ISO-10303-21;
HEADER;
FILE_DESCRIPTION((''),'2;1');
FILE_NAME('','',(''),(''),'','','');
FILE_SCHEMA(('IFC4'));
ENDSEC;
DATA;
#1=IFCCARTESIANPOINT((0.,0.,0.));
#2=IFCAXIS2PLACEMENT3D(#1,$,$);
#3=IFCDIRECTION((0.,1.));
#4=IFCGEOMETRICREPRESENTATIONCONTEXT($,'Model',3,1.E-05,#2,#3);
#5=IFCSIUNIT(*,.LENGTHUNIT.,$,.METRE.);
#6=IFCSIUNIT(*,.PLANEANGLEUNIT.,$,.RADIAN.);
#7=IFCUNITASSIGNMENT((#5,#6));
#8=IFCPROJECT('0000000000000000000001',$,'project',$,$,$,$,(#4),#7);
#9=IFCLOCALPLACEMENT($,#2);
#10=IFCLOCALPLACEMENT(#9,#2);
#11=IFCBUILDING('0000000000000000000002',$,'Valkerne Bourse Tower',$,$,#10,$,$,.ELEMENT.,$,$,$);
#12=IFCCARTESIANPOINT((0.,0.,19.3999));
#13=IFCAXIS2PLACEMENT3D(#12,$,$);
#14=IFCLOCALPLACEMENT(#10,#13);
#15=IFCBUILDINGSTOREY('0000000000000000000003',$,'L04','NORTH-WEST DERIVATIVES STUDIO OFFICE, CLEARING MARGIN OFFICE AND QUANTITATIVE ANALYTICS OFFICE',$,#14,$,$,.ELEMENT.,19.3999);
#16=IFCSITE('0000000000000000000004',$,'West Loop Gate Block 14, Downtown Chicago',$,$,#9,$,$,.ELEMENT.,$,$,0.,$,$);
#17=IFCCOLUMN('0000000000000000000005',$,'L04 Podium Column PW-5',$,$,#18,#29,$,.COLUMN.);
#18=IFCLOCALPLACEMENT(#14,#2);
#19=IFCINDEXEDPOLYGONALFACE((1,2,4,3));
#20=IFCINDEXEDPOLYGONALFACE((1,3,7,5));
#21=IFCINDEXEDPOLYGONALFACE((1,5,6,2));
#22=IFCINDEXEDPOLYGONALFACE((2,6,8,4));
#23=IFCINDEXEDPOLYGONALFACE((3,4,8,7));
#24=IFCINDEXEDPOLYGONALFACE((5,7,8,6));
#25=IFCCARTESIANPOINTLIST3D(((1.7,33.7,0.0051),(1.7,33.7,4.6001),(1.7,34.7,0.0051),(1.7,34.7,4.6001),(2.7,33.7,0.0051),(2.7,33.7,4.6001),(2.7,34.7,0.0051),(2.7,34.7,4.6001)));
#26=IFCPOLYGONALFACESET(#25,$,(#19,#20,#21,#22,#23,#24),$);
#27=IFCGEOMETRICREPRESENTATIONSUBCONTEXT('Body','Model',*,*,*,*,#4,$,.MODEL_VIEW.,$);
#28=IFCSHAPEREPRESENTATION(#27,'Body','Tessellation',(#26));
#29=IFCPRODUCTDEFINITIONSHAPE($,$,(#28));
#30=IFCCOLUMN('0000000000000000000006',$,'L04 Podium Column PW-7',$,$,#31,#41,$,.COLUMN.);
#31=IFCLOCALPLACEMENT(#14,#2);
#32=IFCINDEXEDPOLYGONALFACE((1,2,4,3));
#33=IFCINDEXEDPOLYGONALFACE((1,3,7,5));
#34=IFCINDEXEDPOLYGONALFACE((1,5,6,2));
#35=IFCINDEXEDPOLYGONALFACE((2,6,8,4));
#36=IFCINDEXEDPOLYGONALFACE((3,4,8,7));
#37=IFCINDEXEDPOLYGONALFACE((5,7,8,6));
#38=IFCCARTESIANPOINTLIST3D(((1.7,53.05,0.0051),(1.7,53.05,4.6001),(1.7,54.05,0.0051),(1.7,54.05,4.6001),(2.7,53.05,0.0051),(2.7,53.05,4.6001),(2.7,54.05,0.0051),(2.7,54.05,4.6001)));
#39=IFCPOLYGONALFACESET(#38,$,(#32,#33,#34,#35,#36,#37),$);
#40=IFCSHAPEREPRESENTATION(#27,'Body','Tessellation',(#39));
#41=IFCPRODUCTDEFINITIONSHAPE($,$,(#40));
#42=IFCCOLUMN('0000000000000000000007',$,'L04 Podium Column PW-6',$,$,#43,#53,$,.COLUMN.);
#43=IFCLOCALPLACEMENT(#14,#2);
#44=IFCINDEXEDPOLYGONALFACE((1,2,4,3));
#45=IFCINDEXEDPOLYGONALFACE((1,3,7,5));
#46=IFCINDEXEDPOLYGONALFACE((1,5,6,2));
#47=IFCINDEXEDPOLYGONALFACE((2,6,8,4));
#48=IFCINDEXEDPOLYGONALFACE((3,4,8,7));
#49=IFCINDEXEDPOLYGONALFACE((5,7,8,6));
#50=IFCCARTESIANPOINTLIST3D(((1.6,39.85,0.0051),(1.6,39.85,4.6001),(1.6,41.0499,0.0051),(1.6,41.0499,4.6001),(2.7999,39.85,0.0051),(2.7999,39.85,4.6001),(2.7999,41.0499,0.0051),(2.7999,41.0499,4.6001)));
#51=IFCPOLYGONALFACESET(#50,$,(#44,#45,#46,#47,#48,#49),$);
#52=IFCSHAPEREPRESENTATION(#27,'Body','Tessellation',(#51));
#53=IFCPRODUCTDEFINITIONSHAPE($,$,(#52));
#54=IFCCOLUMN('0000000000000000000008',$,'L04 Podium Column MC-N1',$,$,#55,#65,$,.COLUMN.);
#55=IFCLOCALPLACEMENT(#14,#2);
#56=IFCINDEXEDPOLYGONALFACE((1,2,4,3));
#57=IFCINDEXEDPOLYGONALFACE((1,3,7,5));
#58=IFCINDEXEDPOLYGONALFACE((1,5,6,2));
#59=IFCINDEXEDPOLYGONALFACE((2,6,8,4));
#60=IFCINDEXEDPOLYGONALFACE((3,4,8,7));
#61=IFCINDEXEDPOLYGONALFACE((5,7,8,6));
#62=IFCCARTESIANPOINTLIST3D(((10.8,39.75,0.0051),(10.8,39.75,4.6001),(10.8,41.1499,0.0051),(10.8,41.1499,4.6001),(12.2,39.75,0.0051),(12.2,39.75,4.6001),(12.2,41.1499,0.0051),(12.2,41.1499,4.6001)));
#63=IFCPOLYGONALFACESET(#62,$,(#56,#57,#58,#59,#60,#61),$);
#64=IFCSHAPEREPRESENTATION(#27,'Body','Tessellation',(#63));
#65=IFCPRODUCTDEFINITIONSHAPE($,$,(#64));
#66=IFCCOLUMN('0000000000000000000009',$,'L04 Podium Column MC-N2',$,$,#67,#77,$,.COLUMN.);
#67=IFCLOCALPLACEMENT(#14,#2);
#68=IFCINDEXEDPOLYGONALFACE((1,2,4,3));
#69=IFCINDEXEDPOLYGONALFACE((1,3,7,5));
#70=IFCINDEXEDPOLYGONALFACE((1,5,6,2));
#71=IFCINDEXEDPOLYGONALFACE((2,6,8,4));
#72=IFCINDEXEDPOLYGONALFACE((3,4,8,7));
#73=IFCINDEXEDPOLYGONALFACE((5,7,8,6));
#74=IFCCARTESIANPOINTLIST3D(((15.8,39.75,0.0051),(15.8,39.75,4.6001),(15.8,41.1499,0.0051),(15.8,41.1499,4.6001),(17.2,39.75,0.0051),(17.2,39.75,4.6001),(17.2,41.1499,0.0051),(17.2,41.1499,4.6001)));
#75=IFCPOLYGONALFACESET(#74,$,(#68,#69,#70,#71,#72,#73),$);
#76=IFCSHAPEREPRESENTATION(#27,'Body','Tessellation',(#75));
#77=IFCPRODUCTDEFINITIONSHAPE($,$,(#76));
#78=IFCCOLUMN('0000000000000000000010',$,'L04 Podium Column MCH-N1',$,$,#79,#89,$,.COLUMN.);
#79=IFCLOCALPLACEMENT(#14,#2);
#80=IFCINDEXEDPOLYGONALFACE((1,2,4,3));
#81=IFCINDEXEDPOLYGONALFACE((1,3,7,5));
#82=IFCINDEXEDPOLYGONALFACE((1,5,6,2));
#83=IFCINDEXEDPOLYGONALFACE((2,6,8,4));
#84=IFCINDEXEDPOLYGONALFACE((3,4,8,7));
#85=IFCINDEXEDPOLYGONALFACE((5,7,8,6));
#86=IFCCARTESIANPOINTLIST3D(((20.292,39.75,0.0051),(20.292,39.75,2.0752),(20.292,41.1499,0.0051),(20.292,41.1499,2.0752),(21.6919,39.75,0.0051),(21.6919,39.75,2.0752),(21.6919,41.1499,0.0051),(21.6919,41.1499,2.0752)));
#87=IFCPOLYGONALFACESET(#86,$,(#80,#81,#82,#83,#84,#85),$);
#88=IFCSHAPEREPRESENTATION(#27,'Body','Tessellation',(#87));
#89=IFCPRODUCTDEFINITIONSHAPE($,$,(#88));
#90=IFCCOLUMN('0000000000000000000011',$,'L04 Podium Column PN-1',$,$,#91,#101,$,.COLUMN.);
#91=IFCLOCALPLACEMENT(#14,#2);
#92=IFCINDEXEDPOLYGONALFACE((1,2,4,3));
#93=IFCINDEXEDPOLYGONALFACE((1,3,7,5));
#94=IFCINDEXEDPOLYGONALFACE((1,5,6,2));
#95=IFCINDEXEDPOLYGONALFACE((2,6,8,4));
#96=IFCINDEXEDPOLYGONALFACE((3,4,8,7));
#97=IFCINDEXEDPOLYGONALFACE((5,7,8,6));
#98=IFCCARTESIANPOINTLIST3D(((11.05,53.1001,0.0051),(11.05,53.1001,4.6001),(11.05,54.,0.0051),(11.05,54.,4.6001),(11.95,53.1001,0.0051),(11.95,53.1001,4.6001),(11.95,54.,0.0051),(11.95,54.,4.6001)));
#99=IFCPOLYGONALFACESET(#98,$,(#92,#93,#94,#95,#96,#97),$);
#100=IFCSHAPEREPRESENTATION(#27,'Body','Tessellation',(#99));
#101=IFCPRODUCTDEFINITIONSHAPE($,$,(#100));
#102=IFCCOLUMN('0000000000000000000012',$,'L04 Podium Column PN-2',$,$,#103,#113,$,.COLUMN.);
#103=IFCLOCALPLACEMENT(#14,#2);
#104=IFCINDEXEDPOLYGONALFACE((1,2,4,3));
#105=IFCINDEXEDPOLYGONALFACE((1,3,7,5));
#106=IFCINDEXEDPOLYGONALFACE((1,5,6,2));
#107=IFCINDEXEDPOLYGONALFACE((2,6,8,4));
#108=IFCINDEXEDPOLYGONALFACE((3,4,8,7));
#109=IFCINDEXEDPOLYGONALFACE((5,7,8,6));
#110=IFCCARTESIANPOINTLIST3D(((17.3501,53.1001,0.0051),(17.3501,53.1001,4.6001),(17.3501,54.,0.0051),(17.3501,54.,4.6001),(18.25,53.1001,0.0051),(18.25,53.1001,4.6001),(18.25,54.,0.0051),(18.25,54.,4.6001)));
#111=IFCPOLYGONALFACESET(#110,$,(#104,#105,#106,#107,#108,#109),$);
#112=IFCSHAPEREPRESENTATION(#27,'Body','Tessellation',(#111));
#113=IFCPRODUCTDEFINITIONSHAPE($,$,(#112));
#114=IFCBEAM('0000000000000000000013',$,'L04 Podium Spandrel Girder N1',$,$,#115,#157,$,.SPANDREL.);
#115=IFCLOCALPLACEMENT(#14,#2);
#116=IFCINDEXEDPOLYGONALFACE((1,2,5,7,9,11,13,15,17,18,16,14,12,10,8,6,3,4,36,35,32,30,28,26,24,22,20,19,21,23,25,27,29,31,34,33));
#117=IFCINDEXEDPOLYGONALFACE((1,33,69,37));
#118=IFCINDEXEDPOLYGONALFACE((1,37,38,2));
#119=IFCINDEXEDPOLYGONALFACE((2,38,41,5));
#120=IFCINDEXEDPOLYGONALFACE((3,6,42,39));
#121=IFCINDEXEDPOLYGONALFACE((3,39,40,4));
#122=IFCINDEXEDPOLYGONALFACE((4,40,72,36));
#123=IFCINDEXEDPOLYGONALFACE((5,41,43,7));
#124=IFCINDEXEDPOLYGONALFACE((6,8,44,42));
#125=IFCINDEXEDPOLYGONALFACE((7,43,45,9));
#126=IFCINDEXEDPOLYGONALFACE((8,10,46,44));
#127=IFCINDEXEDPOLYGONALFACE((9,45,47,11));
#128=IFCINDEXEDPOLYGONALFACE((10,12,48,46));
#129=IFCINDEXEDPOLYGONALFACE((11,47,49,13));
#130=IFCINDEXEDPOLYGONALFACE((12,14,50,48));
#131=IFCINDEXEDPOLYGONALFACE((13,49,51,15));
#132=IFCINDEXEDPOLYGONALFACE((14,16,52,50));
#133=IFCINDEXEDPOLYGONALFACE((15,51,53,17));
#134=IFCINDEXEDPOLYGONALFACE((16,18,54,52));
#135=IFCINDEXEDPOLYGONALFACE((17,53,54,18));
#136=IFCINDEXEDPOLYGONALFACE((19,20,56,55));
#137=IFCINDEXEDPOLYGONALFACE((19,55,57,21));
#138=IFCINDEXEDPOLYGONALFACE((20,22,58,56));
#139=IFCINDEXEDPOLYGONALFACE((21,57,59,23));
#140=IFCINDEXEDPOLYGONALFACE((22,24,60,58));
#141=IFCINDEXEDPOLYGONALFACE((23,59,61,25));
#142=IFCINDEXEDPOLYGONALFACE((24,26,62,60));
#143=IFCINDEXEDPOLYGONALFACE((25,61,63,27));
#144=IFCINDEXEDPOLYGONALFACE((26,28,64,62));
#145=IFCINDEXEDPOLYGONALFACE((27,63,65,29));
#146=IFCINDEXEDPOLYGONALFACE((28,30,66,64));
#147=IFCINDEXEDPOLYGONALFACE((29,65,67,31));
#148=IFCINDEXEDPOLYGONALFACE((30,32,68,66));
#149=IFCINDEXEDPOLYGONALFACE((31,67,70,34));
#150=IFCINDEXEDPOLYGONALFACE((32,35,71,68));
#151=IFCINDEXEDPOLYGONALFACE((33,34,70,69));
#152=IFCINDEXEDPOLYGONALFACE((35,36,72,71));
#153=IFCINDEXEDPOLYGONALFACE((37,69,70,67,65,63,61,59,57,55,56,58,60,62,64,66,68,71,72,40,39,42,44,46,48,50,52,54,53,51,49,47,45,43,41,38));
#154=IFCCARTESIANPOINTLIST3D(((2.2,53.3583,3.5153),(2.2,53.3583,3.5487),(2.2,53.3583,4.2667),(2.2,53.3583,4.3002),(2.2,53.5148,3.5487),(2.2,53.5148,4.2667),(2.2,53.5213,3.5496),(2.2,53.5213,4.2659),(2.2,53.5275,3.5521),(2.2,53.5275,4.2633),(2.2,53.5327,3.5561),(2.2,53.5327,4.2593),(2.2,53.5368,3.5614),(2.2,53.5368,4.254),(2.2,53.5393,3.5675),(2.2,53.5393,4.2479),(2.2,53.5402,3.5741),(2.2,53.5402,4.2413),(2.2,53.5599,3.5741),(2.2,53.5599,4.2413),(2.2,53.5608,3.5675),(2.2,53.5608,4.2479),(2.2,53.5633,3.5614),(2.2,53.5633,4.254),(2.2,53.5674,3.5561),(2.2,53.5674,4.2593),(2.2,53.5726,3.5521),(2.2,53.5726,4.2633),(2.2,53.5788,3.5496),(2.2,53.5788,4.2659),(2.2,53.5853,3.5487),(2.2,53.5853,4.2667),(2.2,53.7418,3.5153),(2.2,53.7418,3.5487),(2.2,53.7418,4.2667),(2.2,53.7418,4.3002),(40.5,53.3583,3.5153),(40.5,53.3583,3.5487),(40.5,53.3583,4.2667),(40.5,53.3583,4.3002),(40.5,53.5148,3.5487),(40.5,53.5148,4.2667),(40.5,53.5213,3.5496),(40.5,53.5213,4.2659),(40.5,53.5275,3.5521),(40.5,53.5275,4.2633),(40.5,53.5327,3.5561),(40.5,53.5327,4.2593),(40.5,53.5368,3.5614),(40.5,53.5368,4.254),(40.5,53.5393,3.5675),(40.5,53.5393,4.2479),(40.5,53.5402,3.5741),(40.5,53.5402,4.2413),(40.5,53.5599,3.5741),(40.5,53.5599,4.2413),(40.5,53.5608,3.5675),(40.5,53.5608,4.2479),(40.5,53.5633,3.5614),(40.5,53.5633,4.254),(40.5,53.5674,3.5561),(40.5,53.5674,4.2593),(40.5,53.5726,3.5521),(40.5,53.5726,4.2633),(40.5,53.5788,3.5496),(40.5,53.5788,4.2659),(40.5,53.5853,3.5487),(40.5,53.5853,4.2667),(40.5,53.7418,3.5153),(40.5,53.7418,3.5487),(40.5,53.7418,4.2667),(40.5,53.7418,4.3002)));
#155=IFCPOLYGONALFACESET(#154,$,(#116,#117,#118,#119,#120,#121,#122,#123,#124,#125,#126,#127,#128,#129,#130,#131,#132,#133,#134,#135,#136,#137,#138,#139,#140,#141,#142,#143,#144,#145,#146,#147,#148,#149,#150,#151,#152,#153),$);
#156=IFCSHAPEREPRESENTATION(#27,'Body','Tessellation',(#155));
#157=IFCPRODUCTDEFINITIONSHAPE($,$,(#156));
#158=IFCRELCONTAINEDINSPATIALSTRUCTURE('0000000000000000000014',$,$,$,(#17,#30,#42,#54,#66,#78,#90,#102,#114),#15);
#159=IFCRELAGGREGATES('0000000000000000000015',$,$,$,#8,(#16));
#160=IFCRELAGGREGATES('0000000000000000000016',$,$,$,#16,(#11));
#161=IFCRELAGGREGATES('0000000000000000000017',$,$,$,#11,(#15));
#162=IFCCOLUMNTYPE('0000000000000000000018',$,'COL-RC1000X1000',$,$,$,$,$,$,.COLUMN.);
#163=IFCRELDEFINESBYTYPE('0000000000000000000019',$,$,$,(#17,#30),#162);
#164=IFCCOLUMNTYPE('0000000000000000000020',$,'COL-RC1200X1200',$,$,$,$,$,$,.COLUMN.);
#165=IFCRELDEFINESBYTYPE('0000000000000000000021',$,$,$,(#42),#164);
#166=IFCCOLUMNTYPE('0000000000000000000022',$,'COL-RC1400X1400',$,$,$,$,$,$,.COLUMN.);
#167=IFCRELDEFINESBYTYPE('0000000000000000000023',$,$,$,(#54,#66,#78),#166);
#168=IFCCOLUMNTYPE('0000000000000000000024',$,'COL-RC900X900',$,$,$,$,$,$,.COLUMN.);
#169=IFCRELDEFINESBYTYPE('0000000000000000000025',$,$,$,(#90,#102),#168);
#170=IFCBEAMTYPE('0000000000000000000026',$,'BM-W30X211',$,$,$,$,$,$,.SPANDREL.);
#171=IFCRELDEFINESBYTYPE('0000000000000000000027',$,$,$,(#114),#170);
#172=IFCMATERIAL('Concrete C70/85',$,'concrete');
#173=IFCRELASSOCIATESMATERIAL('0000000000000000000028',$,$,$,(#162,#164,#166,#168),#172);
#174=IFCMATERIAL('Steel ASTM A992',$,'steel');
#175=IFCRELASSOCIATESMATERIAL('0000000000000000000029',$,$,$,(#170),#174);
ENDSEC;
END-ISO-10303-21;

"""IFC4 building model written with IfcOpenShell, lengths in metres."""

from ifc_helpers import new_model, si_unit, direction, frame, origin, origin_2d, place, context, subcontext, project, spatial, rectangle, i_section, extrude, material, material_profile, profile_set, type_object, element, save


model = new_model("IFC4")

# Units and contexts
model_context = context("Model", 3, precision=1e-05, world=origin(), true_north=direction((0.0, 1.0)))
body_context = subcontext(model_context, "Body", "Model", "MODEL_VIEW")
ifc_project = project(units=[si_unit("LENGTHUNIT", "METRE"), si_unit("PLANEANGLEUNIT", "RADIAN")], contexts=[model_context])

# Site, building, storey
site_placement = place(None, origin())
site = spatial("IfcSite", under=ifc_project, at=site_placement, Name="West Loop Gate Block 14, Downtown Chicago", CompositionType="ELEMENT", RefElevation=0.0)
building_placement = place(site_placement, origin())
building = spatial("IfcBuilding", under=site, at=building_placement, Name="Valkerne Bourse Tower", CompositionType="ELEMENT")
storey_placement = place(building_placement, frame((0.0, 0.0, 19.3999)))
storey = spatial("IfcBuildingStorey", under=building, at=storey_placement, Name="L04", Description="NORTH-WEST DERIVATIVES STUDIO OFFICE, CLEARING MARGIN OFFICE AND QUANTITATIVE ANALYTICS OFFICE", CompositionType="ELEMENT", Elevation=19.3999)

# Columns
ifc_material_1 = material(Name="Concrete C70/85", Category="concrete")
ifc_material_profile_1 = material_profile(ifc_material_1, rectangle(XDim=1.0, YDim=1.0, at=origin_2d()), Name="RC1000X1000")
ifc_profile_set_1 = profile_set([ifc_material_profile_1], Name="Concrete C70/85")
column_type_1 = type_object("IfcColumnType", Name="COL-RC1000X1000", PredefinedType="COLUMN", material=ifc_profile_set_1)
for number, where, z_axis, x_axis, name in (
    (1, (2.2, 34.2, 0.0051), (0.0, 0.0, 1.0), (1.0, 0.0, 0.0), "L04 Podium Column PW-5"),
    (2, (2.2, 53.55, 0.0051), (0.0, 0.0, 1.0), (1.0, 0.0, 0.0), "L04 Podium Column PW-7"),
):
    element("IfcColumn", number, at=place(storey_placement, frame(where, z_axis=z_axis, x_axis=x_axis)), inside=storey, type_object=column_type_1, Name=name, PredefinedType="COLUMN", context=body_context, shape_type="SweptSolid", body=[
        extrude(rectangle(XDim=1.0, YDim=1.0, at=origin_2d()), origin(), (0.0, 0.0, 1.0), 4.595),
    ])
ifc_material_profile_2 = material_profile(ifc_material_1, rectangle(XDim=1.2, YDim=1.2, at=origin_2d()), Name="RC1200X1200")
ifc_profile_set_2 = profile_set([ifc_material_profile_2], Name="Concrete C70/85")
column_type_2 = type_object("IfcColumnType", Name="COL-RC1200X1200", PredefinedType="COLUMN", material=ifc_profile_set_2)
column_1_placement = place(storey_placement, frame((2.2, 40.45, 0.0051), z_axis=(0.0, 0.0, 1.0), x_axis=(1.0, 0.0, 0.0)))
element("IfcColumn", 3, at=column_1_placement, inside=storey, type_object=column_type_2, Name="L04 Podium Column PW-6", PredefinedType="COLUMN", context=body_context, shape_type="SweptSolid", body=[
    extrude(rectangle(XDim=1.2, YDim=1.2, at=origin_2d()), origin(), (0.0, 0.0, 1.0), 4.595),
])
ifc_material_profile_3 = material_profile(ifc_material_1, rectangle(XDim=1.3999, YDim=1.3999, at=origin_2d()), Name="RC1400X1400")
ifc_profile_set_3 = profile_set([ifc_material_profile_3], Name="Concrete C70/85")
column_type_3 = type_object("IfcColumnType", Name="COL-RC1400X1400", PredefinedType="COLUMN", material=ifc_profile_set_3)
for number, where, z_axis, x_axis, name in (
    (4, (11.5, 40.45, 0.0051), (0.0, 0.0, 1.0), (1.0, 0.0, 0.0), "L04 Podium Column MC-N1"),
    (5, (16.5, 40.45, 0.0051), (0.0, 0.0, 1.0), (1.0, 0.0, 0.0), "L04 Podium Column MC-N2"),
):
    element("IfcColumn", number, at=place(storey_placement, frame(where, z_axis=z_axis, x_axis=x_axis)), inside=storey, type_object=column_type_3, Name=name, PredefinedType="COLUMN", context=body_context, shape_type="SweptSolid", body=[
        extrude(rectangle(XDim=1.3999, YDim=1.3999, at=origin_2d()), origin(), (0.0, 0.0, 1.0), 4.595),
    ])
column_2_placement = place(storey_placement, frame((20.9919, 40.45, 0.0051), z_axis=(0.0, 0.0, 1.0), x_axis=(1.0, 0.0, 0.0)))
element("IfcColumn", 6, at=column_2_placement, inside=storey, type_object=column_type_3, Name="L04 Podium Column MCH-N1", PredefinedType="COLUMN", context=body_context, shape_type="SweptSolid", body=[
    extrude(rectangle(XDim=1.3999, YDim=1.3999, at=origin_2d()), origin(), (0.0, 0.0, 1.0), 2.0701),
])
ifc_material_profile_4 = material_profile(ifc_material_1, rectangle(XDim=0.8999, YDim=0.8999, at=origin_2d()), Name="RC900X900")
ifc_profile_set_4 = profile_set([ifc_material_profile_4], Name="Concrete C70/85")
column_type_4 = type_object("IfcColumnType", Name="COL-RC900X900", PredefinedType="COLUMN", material=ifc_profile_set_4)
for number, where, z_axis, x_axis, name in (
    (7, (11.5, 53.55, 0.0051), (0.0, 0.0, 1.0), (1.0, 0.0, 0.0), "L04 Podium Column PN-1"),
    (8, (17.8, 53.55, 0.0051), (0.0, 0.0, 1.0), (1.0, 0.0, 0.0), "L04 Podium Column PN-2"),
):
    element("IfcColumn", number, at=place(storey_placement, frame(where, z_axis=z_axis, x_axis=x_axis)), inside=storey, type_object=column_type_4, Name=name, PredefinedType="COLUMN", context=body_context, shape_type="SweptSolid", body=[
        extrude(rectangle(XDim=0.8999, YDim=0.8999, at=origin_2d()), origin(), (0.0, 0.0, 1.0), 4.595),
    ])

# Beam
ifc_material_2 = material(Name="Steel ASTM A992", Category="steel")
ifc_material_profile_5 = material_profile(ifc_material_2, i_section(OverallWidth=0.3835, OverallDepth=0.7849, WebThickness=0.0198, FlangeThickness=0.0334, FilletRadius=0.0254, at=origin_2d()), Name="W30X211")
ifc_profile_set_5 = profile_set([ifc_material_profile_5], Name="Steel ASTM A992")
beam_type = type_object("IfcBeamType", Name="BM-W30X211", PredefinedType="SPANDREL", material=ifc_profile_set_5)
beam_1_placement = place(storey_placement, frame((2.2, 53.55, 3.9077), z_axis=(1.0, 0.0, 0.0), x_axis=(0.0, 1.0, 0.0)))
element("IfcBeam", 9, at=beam_1_placement, inside=storey, type_object=beam_type, Name="L04 Podium Spandrel Girder N1", PredefinedType="SPANDREL", context=body_context, shape_type="SweptSolid", body=[
    extrude(i_section(OverallWidth=0.3835, OverallDepth=0.7849, WebThickness=0.0198, FlangeThickness=0.0334, FilletRadius=0.0254, at=origin_2d()), origin(), (0.0, 0.0, 1.0), 38.3),
])

save(model, "model.ifc")
